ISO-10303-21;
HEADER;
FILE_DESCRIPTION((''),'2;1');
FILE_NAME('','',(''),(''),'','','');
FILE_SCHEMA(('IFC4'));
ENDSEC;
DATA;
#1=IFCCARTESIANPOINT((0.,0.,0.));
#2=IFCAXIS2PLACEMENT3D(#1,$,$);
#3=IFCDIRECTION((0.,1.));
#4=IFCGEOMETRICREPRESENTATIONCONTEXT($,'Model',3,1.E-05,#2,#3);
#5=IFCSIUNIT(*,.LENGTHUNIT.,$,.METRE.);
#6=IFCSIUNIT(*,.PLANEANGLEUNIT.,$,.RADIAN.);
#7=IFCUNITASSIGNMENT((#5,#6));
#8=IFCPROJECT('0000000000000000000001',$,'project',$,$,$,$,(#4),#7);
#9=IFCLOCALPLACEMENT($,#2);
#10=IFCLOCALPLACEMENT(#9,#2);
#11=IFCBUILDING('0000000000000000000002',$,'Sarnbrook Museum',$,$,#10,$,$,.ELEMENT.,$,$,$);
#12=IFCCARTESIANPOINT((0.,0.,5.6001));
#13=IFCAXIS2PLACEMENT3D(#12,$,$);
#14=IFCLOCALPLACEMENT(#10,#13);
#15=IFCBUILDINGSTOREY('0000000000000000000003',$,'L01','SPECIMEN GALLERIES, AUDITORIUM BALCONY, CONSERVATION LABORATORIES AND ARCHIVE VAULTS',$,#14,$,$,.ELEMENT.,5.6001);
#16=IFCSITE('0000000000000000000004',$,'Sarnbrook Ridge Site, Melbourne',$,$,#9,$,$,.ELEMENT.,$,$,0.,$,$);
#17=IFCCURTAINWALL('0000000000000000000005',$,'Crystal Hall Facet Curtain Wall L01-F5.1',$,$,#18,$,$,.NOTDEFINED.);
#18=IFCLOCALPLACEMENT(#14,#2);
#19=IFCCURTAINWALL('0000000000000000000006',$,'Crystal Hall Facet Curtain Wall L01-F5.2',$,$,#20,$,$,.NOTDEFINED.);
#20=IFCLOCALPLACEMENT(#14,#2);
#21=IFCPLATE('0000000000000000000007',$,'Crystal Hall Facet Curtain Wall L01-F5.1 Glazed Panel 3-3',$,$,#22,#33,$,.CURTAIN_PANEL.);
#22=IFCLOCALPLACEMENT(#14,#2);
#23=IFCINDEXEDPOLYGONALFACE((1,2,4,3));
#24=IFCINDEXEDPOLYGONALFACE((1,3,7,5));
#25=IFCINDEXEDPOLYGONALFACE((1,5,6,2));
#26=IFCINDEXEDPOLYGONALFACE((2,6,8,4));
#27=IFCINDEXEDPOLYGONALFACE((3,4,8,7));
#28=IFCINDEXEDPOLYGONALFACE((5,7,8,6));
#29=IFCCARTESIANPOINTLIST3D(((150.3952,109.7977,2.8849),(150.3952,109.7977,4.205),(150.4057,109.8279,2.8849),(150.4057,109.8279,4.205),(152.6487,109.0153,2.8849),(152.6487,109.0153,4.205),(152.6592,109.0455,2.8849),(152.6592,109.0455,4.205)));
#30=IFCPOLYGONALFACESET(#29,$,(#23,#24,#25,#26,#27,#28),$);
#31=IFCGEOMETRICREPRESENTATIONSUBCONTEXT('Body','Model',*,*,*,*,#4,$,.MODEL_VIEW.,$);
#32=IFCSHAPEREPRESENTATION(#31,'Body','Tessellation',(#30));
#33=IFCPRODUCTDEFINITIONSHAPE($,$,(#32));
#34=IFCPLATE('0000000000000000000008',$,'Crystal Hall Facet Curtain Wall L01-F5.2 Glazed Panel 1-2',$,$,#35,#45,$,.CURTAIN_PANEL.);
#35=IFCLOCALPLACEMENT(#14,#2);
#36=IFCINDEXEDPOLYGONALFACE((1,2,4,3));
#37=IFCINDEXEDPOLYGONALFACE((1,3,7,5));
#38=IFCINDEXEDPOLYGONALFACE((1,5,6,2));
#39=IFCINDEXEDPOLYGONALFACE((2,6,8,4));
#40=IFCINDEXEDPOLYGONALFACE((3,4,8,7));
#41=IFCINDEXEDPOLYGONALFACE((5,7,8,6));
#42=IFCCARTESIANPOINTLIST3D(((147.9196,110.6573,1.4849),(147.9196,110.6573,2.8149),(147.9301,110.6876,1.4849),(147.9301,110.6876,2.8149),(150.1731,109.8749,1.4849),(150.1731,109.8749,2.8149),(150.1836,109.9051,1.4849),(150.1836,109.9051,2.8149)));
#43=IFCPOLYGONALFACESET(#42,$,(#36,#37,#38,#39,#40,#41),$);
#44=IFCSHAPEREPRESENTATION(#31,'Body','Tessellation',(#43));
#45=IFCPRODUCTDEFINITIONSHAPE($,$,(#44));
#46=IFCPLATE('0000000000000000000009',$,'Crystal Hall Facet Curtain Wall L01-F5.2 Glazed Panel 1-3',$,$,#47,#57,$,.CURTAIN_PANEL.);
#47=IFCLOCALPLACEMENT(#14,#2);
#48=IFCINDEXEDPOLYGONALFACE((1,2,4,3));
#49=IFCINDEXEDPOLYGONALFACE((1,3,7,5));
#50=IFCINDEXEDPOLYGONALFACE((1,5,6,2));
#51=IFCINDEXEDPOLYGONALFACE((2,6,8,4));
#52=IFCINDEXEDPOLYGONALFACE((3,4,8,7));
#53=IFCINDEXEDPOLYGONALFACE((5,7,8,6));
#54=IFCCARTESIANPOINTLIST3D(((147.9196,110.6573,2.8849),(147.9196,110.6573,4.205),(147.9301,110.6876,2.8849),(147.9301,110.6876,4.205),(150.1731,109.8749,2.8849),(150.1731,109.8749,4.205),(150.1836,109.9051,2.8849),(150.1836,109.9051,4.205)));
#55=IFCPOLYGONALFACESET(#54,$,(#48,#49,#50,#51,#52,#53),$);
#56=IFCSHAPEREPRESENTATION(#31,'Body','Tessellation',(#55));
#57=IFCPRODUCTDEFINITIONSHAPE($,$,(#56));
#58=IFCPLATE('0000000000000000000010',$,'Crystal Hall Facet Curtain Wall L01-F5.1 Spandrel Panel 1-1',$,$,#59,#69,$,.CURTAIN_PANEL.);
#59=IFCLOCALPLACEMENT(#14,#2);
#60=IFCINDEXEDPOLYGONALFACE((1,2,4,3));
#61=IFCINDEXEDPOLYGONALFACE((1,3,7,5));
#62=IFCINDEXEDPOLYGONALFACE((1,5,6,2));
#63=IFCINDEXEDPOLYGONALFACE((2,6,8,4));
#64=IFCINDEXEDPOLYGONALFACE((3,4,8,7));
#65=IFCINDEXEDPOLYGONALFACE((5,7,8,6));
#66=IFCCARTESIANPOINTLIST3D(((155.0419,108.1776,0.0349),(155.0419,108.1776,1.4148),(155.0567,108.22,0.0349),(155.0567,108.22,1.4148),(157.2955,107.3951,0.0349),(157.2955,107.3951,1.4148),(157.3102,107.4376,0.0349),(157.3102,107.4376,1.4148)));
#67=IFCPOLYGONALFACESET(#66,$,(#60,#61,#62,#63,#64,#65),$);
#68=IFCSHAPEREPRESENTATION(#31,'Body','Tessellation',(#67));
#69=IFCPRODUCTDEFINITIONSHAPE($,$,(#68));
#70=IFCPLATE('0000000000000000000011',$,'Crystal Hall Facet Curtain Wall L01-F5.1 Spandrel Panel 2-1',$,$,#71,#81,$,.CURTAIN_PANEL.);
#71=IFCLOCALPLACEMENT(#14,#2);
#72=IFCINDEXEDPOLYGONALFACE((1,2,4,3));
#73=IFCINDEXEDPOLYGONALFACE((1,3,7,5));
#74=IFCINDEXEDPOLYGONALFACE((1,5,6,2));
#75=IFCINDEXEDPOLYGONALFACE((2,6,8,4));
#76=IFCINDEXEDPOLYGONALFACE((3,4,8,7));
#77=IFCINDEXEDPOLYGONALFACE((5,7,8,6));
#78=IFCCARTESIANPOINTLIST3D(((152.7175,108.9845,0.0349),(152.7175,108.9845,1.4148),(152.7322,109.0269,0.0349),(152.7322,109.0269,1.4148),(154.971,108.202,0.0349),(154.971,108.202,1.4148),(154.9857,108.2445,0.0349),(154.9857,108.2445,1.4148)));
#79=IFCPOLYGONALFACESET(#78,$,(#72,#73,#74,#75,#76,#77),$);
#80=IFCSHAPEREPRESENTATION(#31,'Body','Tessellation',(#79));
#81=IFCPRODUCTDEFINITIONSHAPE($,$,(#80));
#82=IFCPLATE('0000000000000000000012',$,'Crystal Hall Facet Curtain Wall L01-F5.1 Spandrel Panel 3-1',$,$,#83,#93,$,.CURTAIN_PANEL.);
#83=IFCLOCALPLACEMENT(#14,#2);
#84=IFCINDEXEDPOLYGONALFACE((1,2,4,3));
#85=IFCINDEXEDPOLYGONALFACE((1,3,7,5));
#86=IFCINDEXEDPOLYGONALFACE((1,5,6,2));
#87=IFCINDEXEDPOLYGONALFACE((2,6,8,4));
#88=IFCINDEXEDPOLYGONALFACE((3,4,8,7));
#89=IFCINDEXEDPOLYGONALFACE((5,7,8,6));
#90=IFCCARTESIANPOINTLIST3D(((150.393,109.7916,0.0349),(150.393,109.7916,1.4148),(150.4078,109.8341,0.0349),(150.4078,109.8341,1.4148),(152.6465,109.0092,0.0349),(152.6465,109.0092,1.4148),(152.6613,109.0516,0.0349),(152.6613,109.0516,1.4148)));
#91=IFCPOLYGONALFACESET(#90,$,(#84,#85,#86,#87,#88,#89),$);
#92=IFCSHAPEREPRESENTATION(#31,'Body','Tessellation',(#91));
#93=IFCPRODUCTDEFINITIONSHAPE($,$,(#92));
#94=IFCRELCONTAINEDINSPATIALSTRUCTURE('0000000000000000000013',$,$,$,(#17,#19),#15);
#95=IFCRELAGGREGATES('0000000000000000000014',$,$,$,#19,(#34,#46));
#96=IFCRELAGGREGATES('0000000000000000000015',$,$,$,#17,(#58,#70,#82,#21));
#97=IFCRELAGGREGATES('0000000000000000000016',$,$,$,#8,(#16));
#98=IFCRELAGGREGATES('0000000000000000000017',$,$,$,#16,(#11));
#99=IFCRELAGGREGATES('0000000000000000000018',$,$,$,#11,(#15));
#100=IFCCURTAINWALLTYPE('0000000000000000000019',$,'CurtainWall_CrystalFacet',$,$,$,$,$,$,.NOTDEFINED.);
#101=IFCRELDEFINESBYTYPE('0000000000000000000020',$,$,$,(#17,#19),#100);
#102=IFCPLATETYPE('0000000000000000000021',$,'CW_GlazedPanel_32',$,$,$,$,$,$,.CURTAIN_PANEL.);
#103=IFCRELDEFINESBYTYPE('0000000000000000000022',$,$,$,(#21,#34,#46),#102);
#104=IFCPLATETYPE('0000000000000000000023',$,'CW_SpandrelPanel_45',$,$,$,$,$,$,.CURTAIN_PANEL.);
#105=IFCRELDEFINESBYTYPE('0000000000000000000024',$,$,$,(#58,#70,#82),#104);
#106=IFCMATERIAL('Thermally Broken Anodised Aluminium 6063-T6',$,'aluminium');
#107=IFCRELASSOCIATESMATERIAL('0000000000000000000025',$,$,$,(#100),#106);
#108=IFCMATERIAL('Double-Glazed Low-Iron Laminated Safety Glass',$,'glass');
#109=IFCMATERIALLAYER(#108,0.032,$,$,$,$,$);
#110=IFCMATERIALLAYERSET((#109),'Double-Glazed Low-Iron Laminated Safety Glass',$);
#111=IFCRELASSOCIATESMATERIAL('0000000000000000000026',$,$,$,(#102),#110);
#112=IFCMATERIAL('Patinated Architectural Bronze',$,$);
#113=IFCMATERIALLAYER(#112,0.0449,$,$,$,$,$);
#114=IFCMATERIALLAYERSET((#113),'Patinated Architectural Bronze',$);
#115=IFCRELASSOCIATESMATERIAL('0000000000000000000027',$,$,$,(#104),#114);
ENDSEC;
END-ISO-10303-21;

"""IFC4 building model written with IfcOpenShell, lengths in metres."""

from ifc_helpers import new_model, si_unit, direction, frame, origin, origin_2d, place, context, subcontext, project, spatial, rectangle, extrude, material, layer, layer_set, type_object, element, aggregate, save


model = new_model("IFC4")

# Units and contexts
model_context = context("Model", 3, precision=1e-05, world=origin(), true_north=direction((0.0, 1.0)))
body_context = subcontext(model_context, "Body", "Model", "MODEL_VIEW")
ifc_project = project(units=[si_unit("LENGTHUNIT", "METRE"), si_unit("PLANEANGLEUNIT", "RADIAN")], contexts=[model_context])

# Site, building, storey
site_placement = place(None, origin())
site = spatial("IfcSite", under=ifc_project, at=site_placement, Name="Sarnbrook Ridge Site, Melbourne", CompositionType="ELEMENT", RefElevation=0.0)
building_placement = place(site_placement, origin())
building = spatial("IfcBuilding", under=site, at=building_placement, Name="Sarnbrook Museum", CompositionType="ELEMENT")
storey_placement = place(building_placement, frame((0.0, 0.0, 5.6001)))
storey = spatial("IfcBuildingStorey", under=building, at=storey_placement, Name="L01", Description="SPECIMEN GALLERIES, AUDITORIUM BALCONY, CONSERVATION LABORATORIES AND ARCHIVE VAULTS", CompositionType="ELEMENT", Elevation=5.6001)

# Curtain wall
ifc_material_1 = material(Name="Thermally Broken Anodised Aluminium 6063-T6", Category="aluminium")
curtain_wall_type = type_object("IfcCurtainWallType", Name="CurtainWall_CrystalFacet", PredefinedType="NOTDEFINED", material=ifc_material_1)
curtain_wall_1_placement = place(storey_placement, origin())
curtain_wall_1 = element("IfcCurtainWall", 1, at=curtain_wall_1_placement, inside=storey, type_object=curtain_wall_type, Name="Crystal Hall Facet Curtain Wall L01-F5.1", PredefinedType="NOTDEFINED")

# Curtain wall
curtain_wall_2_placement = place(storey_placement, origin())
curtain_wall_2 = element("IfcCurtainWall", 2, at=curtain_wall_2_placement, inside=storey, type_object=curtain_wall_type, Name="Crystal Hall Facet Curtain Wall L01-F5.2", PredefinedType="NOTDEFINED")

# Plates
ifc_material_2 = material(Name="Double-Glazed Low-Iron Laminated Safety Glass", Category="glass")
ifc_layer_1 = layer(ifc_material_2, 0.032)
ifc_layer_set_1 = layer_set([ifc_layer_1], Name="Double-Glazed Low-Iron Laminated Safety Glass")
plate_type_1 = type_object("IfcPlateType", Name="CW_GlazedPanel_32", PredefinedType="CURTAIN_PANEL", material=ifc_layer_set_1)
plate_1_placement = place(storey_placement, frame((151.522, 109.4065, 3.5449), z_axis=(0.328012, 0.944674, 0.0), x_axis=(-0.944674, 0.328012, 0.0)))
plate_1 = element("IfcPlate", 3, at=plate_1_placement, type_object=plate_type_1, Name="Crystal Hall Facet Curtain Wall L01-F5.1 Glazed Panel 3-3", PredefinedType="CURTAIN_PANEL", context=body_context, shape_type="SweptSolid", body=[
    extrude(rectangle(XDim=2.3855, YDim=1.3201, at=origin_2d()), origin(), (0.0, 0.0, 1.0), 0.032),
])
plate_2_placement = place(storey_placement, frame((149.0464, 110.2661, 2.1499), z_axis=(0.328012, 0.944674, 0.0), x_axis=(-0.944674, 0.328012, 0.0)))
plate_2 = element("IfcPlate", 4, at=plate_2_placement, type_object=plate_type_1, Name="Crystal Hall Facet Curtain Wall L01-F5.2 Glazed Panel 1-2", PredefinedType="CURTAIN_PANEL", context=body_context, shape_type="SweptSolid", body=[
    extrude(rectangle(XDim=2.3855, YDim=1.3301, at=origin_2d()), origin(), (0.0, 0.0, 1.0), 0.032),
])
plate_3_placement = place(storey_placement, frame((149.0464, 110.2661, 3.5449), z_axis=(0.328012, 0.944674, 0.0), x_axis=(-0.944674, 0.328012, 0.0)))
plate_3 = element("IfcPlate", 5, at=plate_3_placement, type_object=plate_type_1, Name="Crystal Hall Facet Curtain Wall L01-F5.2 Glazed Panel 1-3", PredefinedType="CURTAIN_PANEL", context=body_context, shape_type="SweptSolid", body=[
    extrude(rectangle(XDim=2.3855, YDim=1.3201, at=origin_2d()), origin(), (0.0, 0.0, 1.0), 0.032),
])
aggregate(curtain_wall_2, [plate_2, plate_3])
ifc_material_3 = material(Name="Patinated Architectural Bronze")
ifc_layer_2 = layer(ifc_material_3, 0.0449)
ifc_layer_set_2 = layer_set([ifc_layer_2], Name="Patinated Architectural Bronze")
plate_type_2 = type_object("IfcPlateType", Name="CW_SpandrelPanel_45", PredefinedType="CURTAIN_PANEL", material=ifc_layer_set_2)
plate_4_placement = place(storey_placement, frame((156.1687, 107.7864, 0.7249), z_axis=(0.328012, 0.944674, 0.0), x_axis=(-0.944674, 0.328012, 0.0)))
plate_4 = element("IfcPlate", 6, at=plate_4_placement, type_object=plate_type_2, Name="Crystal Hall Facet Curtain Wall L01-F5.1 Spandrel Panel 1-1", PredefinedType="CURTAIN_PANEL", context=body_context, shape_type="SweptSolid", body=[
    extrude(rectangle(XDim=2.3855, YDim=1.3799, at=origin_2d()), origin(), (0.0, 0.0, 1.0), 0.0449),
])
plate_5_placement = place(storey_placement, frame((153.8442, 108.5933, 0.7249), z_axis=(0.328012, 0.944674, 0.0), x_axis=(-0.944674, 0.328012, 0.0)))
plate_5 = element("IfcPlate", 7, at=plate_5_placement, type_object=plate_type_2, Name="Crystal Hall Facet Curtain Wall L01-F5.1 Spandrel Panel 2-1", PredefinedType="CURTAIN_PANEL", context=body_context, shape_type="SweptSolid", body=[
    extrude(rectangle(XDim=2.3855, YDim=1.3799, at=origin_2d()), origin(), (0.0, 0.0, 1.0), 0.0449),
])
plate_6_placement = place(storey_placement, frame((151.5198, 109.4004, 0.7249), z_axis=(0.328012, 0.944674, 0.0), x_axis=(-0.944674, 0.328012, 0.0)))
plate_6 = element("IfcPlate", 8, at=plate_6_placement, type_object=plate_type_2, Name="Crystal Hall Facet Curtain Wall L01-F5.1 Spandrel Panel 3-1", PredefinedType="CURTAIN_PANEL", context=body_context, shape_type="SweptSolid", body=[
    extrude(rectangle(XDim=2.3855, YDim=1.3799, at=origin_2d()), origin(), (0.0, 0.0, 1.0), 0.0449),
])
aggregate(curtain_wall_1, [plate_4, plate_5, plate_6, plate_1])

save(model, "model.ifc")
